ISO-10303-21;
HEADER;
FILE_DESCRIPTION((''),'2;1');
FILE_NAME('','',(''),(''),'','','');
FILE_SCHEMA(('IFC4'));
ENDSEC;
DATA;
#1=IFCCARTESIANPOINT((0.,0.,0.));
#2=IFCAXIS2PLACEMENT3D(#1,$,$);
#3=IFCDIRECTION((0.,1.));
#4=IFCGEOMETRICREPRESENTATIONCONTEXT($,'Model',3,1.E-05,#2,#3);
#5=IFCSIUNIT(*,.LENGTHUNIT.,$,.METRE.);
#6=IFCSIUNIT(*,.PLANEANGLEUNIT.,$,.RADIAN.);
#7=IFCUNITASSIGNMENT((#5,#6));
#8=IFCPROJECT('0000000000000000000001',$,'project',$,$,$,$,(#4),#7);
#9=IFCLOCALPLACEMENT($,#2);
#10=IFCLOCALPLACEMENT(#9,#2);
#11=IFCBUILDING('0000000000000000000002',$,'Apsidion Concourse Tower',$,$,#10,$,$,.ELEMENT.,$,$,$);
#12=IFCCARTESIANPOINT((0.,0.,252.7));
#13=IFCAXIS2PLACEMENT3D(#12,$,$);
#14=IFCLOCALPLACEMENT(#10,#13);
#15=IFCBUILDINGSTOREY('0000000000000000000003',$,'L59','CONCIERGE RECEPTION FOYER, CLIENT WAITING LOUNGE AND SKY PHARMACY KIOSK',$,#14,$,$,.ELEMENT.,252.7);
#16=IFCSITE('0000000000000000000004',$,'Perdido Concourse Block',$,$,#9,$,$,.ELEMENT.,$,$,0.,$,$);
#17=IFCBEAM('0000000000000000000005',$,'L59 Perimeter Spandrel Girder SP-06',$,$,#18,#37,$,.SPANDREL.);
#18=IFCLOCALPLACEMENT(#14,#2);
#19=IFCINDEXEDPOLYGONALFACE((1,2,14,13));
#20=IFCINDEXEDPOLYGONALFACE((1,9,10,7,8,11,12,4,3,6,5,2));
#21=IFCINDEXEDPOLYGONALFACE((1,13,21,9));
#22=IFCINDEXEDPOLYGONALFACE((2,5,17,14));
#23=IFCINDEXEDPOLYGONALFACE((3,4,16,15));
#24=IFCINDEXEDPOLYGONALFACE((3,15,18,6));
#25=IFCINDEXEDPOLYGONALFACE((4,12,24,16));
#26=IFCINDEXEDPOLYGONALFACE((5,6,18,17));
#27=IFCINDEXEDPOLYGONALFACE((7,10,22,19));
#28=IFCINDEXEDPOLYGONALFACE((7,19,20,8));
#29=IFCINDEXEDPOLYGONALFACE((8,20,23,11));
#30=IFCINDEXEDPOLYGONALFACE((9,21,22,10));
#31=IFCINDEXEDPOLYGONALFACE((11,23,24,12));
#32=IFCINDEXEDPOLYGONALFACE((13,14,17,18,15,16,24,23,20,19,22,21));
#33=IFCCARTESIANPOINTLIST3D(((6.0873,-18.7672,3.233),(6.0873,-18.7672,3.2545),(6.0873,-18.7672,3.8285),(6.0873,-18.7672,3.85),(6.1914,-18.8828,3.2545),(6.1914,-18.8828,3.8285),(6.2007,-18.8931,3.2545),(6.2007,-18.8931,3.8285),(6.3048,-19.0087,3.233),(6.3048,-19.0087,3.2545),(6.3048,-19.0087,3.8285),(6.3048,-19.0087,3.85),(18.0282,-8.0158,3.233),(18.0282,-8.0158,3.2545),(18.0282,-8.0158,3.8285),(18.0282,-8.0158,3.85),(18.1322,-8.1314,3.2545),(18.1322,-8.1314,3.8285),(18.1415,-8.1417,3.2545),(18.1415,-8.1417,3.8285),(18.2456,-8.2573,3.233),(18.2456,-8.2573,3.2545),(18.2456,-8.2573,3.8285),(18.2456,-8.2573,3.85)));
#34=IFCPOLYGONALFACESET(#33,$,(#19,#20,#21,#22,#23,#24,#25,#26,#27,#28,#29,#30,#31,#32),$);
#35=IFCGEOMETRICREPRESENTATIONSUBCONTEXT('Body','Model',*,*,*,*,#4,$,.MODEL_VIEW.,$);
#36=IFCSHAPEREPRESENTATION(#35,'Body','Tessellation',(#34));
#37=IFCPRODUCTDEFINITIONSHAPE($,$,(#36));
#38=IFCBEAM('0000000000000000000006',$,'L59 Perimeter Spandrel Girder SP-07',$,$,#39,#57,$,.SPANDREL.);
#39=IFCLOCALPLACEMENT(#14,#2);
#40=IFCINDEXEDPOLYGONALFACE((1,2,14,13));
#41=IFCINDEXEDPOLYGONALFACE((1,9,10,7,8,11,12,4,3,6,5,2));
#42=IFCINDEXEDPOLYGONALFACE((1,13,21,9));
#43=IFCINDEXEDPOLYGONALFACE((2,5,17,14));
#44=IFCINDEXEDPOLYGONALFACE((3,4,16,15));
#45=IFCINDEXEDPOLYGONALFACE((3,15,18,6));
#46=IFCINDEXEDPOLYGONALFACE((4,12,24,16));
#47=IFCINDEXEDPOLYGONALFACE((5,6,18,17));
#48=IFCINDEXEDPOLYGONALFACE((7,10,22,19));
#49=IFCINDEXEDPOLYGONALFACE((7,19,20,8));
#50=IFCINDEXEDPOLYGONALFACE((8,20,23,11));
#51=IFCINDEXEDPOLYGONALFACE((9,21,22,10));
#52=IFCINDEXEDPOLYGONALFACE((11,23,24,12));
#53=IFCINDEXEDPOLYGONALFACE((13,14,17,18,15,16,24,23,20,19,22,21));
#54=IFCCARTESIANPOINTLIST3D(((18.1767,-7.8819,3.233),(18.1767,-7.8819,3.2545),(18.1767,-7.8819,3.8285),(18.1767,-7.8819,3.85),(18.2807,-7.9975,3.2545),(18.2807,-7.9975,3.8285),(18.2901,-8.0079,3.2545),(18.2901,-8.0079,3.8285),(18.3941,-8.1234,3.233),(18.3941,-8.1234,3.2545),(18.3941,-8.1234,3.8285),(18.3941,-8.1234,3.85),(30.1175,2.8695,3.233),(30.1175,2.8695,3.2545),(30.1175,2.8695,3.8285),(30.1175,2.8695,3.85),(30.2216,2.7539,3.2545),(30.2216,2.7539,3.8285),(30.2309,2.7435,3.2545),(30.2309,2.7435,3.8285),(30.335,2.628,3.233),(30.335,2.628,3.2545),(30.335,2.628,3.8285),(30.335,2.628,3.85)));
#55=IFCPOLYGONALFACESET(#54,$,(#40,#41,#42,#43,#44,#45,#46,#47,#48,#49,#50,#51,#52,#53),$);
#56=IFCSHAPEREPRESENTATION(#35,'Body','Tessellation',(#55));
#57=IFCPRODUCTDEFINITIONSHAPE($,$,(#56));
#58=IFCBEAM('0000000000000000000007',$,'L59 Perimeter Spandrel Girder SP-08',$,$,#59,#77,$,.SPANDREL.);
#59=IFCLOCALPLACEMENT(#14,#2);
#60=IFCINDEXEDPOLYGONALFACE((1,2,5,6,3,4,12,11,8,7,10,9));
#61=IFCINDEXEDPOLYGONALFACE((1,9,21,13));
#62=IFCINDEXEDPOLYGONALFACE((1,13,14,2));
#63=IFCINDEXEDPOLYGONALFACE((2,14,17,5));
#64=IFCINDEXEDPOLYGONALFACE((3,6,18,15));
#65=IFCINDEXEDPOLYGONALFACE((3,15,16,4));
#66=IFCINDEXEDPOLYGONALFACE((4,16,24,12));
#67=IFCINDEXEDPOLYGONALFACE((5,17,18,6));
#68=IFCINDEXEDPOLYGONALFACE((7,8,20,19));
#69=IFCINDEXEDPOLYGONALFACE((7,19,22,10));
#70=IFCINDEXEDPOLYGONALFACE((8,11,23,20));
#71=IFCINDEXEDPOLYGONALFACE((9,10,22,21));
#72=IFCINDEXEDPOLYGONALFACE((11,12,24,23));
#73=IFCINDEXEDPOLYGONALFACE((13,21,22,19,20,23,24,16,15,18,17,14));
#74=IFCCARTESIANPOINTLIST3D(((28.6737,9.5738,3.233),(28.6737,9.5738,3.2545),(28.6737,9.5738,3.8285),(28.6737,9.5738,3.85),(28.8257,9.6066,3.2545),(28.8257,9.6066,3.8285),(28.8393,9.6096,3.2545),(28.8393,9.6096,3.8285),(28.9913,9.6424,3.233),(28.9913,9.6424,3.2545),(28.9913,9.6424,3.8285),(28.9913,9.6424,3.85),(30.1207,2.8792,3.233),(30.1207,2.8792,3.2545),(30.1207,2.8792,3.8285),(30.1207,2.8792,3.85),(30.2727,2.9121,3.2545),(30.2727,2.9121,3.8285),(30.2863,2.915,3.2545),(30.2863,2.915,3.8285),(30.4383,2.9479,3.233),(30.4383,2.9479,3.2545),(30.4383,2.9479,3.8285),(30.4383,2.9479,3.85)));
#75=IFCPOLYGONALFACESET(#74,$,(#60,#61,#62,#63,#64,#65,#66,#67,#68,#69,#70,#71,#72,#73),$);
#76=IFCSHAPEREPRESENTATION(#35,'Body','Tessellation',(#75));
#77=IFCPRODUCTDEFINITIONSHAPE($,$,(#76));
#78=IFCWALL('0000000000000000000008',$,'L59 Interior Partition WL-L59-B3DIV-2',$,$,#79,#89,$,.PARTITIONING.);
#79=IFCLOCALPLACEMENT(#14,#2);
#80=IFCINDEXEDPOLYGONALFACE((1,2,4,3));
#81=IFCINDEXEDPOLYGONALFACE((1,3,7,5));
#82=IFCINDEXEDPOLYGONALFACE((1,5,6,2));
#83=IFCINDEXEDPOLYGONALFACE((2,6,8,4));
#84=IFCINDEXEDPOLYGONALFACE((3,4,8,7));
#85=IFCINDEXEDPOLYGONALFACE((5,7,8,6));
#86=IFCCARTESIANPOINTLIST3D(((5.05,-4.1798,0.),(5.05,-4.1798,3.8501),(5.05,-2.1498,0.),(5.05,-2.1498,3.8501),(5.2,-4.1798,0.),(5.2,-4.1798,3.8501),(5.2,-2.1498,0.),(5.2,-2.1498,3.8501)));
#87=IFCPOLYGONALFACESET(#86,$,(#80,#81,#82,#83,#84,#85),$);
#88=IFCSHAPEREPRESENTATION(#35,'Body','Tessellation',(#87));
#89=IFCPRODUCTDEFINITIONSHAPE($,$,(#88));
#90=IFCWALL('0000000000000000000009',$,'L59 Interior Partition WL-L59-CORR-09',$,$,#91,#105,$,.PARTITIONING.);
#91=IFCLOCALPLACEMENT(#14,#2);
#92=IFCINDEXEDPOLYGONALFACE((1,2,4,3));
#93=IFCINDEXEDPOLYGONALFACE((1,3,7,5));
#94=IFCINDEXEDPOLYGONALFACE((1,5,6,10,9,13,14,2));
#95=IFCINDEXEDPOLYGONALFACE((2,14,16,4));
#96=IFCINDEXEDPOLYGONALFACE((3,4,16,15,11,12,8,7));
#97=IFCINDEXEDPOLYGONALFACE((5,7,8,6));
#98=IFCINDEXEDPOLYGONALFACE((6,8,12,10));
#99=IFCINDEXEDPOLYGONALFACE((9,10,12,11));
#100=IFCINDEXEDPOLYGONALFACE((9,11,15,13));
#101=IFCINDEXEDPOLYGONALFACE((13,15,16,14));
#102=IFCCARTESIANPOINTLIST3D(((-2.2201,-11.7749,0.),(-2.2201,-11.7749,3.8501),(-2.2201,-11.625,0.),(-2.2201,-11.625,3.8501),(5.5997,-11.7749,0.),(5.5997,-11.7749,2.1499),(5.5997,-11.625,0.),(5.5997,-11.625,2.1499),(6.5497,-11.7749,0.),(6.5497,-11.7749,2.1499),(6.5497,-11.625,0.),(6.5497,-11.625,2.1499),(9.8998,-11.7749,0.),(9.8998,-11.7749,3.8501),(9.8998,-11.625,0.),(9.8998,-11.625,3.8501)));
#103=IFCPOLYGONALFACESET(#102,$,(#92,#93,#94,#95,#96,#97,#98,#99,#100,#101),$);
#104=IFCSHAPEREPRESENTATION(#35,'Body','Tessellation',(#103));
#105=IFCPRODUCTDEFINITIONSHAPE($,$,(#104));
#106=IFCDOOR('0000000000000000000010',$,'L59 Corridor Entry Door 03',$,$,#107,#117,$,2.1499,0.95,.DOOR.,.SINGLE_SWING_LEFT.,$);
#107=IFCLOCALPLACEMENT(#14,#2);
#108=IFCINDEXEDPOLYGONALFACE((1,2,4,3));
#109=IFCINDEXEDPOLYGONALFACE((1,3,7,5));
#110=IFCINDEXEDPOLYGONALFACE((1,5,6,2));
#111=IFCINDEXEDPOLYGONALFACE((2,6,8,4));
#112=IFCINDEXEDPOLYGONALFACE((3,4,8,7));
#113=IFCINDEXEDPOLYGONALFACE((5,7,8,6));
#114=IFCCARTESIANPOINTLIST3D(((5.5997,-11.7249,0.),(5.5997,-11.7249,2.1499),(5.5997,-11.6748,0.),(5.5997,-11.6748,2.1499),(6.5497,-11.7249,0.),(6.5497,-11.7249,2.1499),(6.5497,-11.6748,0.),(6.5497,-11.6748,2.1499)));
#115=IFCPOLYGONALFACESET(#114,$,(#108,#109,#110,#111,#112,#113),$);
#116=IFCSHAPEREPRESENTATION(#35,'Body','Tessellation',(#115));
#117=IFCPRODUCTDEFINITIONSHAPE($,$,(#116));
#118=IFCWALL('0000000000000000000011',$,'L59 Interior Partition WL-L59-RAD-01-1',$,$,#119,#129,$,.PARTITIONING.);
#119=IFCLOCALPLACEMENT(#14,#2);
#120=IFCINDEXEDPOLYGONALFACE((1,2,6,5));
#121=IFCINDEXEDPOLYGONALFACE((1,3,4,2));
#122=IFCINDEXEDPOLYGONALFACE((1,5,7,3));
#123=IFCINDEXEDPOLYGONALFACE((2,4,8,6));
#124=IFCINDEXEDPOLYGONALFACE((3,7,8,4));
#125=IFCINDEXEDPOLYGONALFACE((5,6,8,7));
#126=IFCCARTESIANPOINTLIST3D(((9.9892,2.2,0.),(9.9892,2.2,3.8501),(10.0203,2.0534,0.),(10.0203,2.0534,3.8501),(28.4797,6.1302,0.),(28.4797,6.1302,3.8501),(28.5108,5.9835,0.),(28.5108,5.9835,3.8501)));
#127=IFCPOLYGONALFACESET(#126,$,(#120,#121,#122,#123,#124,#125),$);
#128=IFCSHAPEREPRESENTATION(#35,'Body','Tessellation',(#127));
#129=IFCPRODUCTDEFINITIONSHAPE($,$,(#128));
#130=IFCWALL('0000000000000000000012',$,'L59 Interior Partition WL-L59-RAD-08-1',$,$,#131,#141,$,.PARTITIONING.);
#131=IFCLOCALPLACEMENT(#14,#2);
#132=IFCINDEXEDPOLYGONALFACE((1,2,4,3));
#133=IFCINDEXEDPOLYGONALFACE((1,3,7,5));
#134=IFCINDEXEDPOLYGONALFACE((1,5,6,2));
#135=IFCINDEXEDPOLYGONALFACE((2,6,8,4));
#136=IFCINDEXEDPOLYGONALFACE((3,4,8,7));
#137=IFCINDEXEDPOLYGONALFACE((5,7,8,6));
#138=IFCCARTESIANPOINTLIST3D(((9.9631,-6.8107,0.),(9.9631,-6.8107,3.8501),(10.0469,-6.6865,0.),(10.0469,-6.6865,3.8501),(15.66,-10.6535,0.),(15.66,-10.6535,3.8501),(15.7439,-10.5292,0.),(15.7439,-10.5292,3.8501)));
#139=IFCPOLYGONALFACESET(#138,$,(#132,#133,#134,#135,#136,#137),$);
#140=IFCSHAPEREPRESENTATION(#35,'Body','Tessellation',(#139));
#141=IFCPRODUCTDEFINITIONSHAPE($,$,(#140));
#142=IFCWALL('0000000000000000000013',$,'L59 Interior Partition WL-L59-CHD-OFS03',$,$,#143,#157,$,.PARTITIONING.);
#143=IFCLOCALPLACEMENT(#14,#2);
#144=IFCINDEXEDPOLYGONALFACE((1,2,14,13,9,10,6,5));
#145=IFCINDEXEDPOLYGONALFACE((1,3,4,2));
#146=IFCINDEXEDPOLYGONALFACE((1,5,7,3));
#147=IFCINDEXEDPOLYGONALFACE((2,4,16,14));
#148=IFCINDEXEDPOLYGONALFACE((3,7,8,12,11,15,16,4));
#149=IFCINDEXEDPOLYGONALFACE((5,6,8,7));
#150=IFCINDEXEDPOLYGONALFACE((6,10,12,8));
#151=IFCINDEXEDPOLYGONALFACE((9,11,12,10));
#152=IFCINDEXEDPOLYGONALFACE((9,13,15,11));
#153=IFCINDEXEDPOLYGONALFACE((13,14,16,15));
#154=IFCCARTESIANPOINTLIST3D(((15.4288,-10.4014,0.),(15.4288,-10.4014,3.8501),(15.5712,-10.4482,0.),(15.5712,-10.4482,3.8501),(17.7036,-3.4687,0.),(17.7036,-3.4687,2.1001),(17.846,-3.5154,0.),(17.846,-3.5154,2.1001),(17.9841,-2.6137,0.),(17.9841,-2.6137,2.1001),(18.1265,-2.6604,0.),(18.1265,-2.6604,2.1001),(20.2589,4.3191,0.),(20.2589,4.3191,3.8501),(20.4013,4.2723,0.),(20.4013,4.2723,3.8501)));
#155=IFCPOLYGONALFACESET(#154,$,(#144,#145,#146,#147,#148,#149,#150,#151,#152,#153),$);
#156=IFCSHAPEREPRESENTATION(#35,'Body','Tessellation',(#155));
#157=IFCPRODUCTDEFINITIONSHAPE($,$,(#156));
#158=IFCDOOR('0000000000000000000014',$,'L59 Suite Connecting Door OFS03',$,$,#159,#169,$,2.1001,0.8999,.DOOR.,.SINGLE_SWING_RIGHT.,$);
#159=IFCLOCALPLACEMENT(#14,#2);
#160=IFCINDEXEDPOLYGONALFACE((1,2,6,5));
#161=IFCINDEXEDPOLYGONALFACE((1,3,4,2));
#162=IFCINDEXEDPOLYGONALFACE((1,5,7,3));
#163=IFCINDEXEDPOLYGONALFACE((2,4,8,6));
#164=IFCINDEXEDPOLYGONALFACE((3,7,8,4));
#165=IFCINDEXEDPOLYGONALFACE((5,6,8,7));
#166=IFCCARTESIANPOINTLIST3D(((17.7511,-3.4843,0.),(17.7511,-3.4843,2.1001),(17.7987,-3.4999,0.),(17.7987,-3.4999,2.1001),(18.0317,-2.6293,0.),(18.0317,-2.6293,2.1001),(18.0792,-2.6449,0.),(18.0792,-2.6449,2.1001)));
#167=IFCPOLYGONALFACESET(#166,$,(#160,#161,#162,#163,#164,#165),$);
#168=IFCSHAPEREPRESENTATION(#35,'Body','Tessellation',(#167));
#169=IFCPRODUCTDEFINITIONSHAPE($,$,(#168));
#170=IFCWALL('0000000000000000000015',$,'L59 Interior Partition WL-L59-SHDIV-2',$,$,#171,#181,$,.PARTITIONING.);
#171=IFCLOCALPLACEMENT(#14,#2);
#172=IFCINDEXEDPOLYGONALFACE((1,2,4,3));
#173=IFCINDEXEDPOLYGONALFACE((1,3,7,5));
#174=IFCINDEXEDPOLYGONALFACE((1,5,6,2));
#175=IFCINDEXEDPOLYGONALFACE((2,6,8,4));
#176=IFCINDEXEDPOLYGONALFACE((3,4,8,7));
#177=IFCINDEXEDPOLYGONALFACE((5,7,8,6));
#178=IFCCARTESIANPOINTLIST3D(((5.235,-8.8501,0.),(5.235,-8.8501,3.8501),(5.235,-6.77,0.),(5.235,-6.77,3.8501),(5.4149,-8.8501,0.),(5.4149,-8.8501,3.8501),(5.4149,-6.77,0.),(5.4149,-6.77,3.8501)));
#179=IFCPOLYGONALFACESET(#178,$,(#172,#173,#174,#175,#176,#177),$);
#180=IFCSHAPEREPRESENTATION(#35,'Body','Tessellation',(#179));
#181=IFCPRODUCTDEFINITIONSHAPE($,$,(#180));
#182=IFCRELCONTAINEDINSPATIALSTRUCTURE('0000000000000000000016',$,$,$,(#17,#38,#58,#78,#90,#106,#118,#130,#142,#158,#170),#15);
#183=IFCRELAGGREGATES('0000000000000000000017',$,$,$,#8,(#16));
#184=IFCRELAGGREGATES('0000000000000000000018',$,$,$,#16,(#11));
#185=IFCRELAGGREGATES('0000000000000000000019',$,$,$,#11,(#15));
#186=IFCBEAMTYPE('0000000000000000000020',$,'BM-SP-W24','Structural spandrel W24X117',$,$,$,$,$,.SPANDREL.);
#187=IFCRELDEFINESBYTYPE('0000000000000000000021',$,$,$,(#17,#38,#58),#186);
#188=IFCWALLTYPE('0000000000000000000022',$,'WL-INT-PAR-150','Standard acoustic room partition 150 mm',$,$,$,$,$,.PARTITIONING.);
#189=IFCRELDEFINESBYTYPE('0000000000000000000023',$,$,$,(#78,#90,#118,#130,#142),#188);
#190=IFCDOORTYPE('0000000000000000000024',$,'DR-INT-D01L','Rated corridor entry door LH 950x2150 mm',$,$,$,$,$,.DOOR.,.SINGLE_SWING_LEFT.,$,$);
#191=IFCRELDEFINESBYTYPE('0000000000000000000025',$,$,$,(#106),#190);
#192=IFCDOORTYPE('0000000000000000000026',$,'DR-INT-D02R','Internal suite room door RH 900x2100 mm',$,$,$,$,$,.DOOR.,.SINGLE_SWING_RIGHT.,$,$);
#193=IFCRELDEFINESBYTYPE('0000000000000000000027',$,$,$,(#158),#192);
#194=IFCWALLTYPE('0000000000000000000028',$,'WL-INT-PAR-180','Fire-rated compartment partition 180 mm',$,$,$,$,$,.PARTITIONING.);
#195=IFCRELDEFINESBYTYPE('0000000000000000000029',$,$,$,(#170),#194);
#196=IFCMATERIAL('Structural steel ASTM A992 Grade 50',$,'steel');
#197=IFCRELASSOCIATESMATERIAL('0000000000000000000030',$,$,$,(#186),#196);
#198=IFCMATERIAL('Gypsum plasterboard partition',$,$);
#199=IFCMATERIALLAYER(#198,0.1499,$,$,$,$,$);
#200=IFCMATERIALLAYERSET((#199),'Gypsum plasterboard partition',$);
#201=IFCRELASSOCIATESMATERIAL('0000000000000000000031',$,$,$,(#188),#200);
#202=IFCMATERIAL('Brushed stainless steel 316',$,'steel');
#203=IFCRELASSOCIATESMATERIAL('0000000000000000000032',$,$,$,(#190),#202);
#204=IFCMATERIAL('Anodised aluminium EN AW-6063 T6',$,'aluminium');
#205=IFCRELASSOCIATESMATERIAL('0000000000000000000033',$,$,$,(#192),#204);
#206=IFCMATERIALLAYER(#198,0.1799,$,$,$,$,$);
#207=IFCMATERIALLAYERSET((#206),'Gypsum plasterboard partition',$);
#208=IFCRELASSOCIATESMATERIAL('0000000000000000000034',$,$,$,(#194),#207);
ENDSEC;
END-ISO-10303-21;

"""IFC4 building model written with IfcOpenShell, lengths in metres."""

from ifc_helpers import new_model, si_unit, direction, frame, frame_2d, origin, origin_2d, place, context, subcontext, project, spatial, rectangle, i_section, extrude, material, layer, layer_set, material_profile, profile_set, type_object, element, fill, save


model = new_model("IFC4")

# Units and contexts
model_context = context("Model", 3, precision=1e-05, world=origin(), true_north=direction((0.0, 1.0)))
body_context = subcontext(model_context, "Body", "Model", "MODEL_VIEW")
ifc_project = project(units=[si_unit("LENGTHUNIT", "METRE"), si_unit("PLANEANGLEUNIT", "RADIAN")], contexts=[model_context])

# Site, building, storey
site_placement = place(None, origin())
site = spatial("IfcSite", under=ifc_project, at=site_placement, Name="Perdido Concourse Block", CompositionType="ELEMENT", RefElevation=0.0)
building_placement = place(site_placement, origin())
building = spatial("IfcBuilding", under=site, at=building_placement, Name="Apsidion Concourse Tower", CompositionType="ELEMENT")
storey_placement = place(building_placement, frame((0.0, 0.0, 252.7)))
storey = spatial("IfcBuildingStorey", under=building, at=storey_placement, Name="L59", Description="CONCIERGE RECEPTION FOYER, CLIENT WAITING LOUNGE AND SKY PHARMACY KIOSK", CompositionType="ELEMENT", Elevation=252.7)

# Shared definitions
ifc_material_1 = material(Name="Structural steel ASTM A992 Grade 50", Category="steel")

# Beams
ifc_material_profile_1 = material_profile(ifc_material_1, i_section(OverallWidth=0.325, OverallDepth=0.6169, WebThickness=0.0139, FlangeThickness=0.0215, at=origin_2d()), Name="W24X117")
ifc_profile_set_1 = profile_set([ifc_material_profile_1], Name="Structural steel ASTM A992 Grade 50")
beam_type_1 = type_object("IfcBeamType", Name="BM-SP-W24", Description="Structural spandrel W24X117", PredefinedType="SPANDREL", material=ifc_profile_set_1)
for number, where, z_axis, x_axis, name in (
    (1, (6.196, -18.8879, 3.5415), (0.743151, 0.669124, 0.0), (-0.669124, 0.743151, 0.0), "L59 Perimeter Spandrel Girder SP-06"),
    (2, (18.2854, -8.0027, 3.5415), (0.743151, 0.669124, 0.0), (-0.669124, 0.743151, 0.0), "L59 Perimeter Spandrel Girder SP-07"),
):
    element("IfcBeam", number, at=place(storey_placement, frame(where, z_axis=z_axis, x_axis=x_axis)), inside=storey, type_object=beam_type_1, Name=name, PredefinedType="SPANDREL", context=body_context, shape_type="SweptSolid", body=[
        extrude(i_section(OverallWidth=0.325, OverallDepth=0.6169, WebThickness=0.0139, FlangeThickness=0.0215, at=origin_2d()), origin(), (0.0, 0.0, 1.0), 16.0679),
    ])
beam_1_placement = place(storey_placement, frame((30.2795, 2.9136, 3.5415), z_axis=(-0.211269, 0.977428, 0.0), x_axis=(-0.977428, -0.211269, 0.0)))
element("IfcBeam", 3, at=beam_1_placement, inside=storey, type_object=beam_type_1, Name="L59 Perimeter Spandrel Girder SP-08", PredefinedType="SPANDREL", context=body_context, shape_type="SweptSolid", body=[
    extrude(i_section(OverallWidth=0.325, OverallDepth=0.6169, WebThickness=0.0139, FlangeThickness=0.0215, at=origin_2d()), origin(), (0.0, 0.0, 1.0), 6.8491),
])

# Wall
ifc_material_2 = material(Name="Gypsum plasterboard partition")
ifc_layer_1 = layer(ifc_material_2, 0.1499)
ifc_layer_set_1 = layer_set([ifc_layer_1], Name="Gypsum plasterboard partition")
wall_type_1 = type_object("IfcWallType", Name="WL-INT-PAR-150", Description="Standard acoustic room partition 150 mm", PredefinedType="PARTITIONING", material=ifc_layer_set_1)
wall_1_placement = place(storey_placement, frame((5.125, -4.1799, 0.0), z_axis=(0.0, 0.0, 1.0), x_axis=(0.0, 1.0, 0.0)))
element("IfcWall", 4, at=wall_1_placement, inside=storey, type_object=wall_type_1, Name="L59 Interior Partition WL-L59-B3DIV-2", PredefinedType="PARTITIONING", context=body_context, shape_type="SweptSolid", body=[
    extrude(rectangle(XDim=2.03, YDim=0.1499, at=frame_2d((1.0151, 0.0))), origin(), (0.0, 0.0, 1.0), 3.8501),
])

# Wall, opening, door
wall_2_placement = place(storey_placement, frame((9.8999, -11.7, 0.0), z_axis=(0.0, 0.0, 1.0), x_axis=(-1.0, 0.0, 0.0)))
wall_2 = element("IfcWall", 5, at=wall_2_placement, inside=storey, type_object=wall_type_1, Name="L59 Interior Partition WL-L59-CORR-09", PredefinedType="PARTITIONING", context=body_context, shape_type="SweptSolid", body=[
    extrude(rectangle(XDim=12.1199, YDim=0.1499, at=frame_2d((6.0601, 0.0))), origin(), (0.0, 0.0, 1.0), 3.8501),
])
opening_1_placement = place(wall_2_placement, frame((3.3501, 0.0, 0.0)))
opening_1 = element("IfcOpeningElement", 6, at=opening_1_placement, cuts=wall_2, PredefinedType="OPENING", context=body_context, shape_type="SweptSolid", body=[
    extrude(rectangle(XDim=0.95, YDim=2.1499, at=frame_2d((0.4751, 1.075))), frame((0.0, 0.085, 0.0), z_axis=(0.0, -1.0, 0.0), x_axis=(1.0, 0.0, 0.0)), (0.0, 0.0, 1.0), 0.1699),
])
ifc_material_3 = material(Name="Brushed stainless steel 316", Category="steel")
door_type_1 = type_object("IfcDoorType", Name="DR-INT-D01L", Description="Rated corridor entry door LH 950x2150 mm", OperationType="SINGLE_SWING_LEFT", PredefinedType="DOOR", material=ifc_material_3)
door_1_placement = place(opening_1_placement, origin())
door_1 = element("IfcDoor", 7, at=door_1_placement, inside=storey, type_object=door_type_1, Name="L59 Corridor Entry Door 03", OperationType="SINGLE_SWING_LEFT", OverallHeight=2.1499, OverallWidth=0.95, PredefinedType="DOOR", context=body_context, shape_type="SweptSolid", body=[
    extrude(rectangle(XDim=0.95, YDim=2.1499, at=frame_2d((0.4751, 1.075))), frame((0.0, 0.0249, 0.0), z_axis=(0.0, -1.0, 0.0), x_axis=(1.0, 0.0, 0.0)), (0.0, 0.0, 1.0), 0.05),
])
fill(opening_1, door_1)

# Walls
wall_3_placement = place(storey_placement, frame((10.0049, 2.1267, 0.0), z_axis=(0.0, 0.0, 1.0), x_axis=(0.978149, 0.207907, 0.0)))
element("IfcWall", 8, at=wall_3_placement, inside=storey, type_object=wall_type_1, Name="L59 Interior Partition WL-L59-RAD-01-1", PredefinedType="PARTITIONING", context=body_context, shape_type="SweptSolid", body=[
    extrude(rectangle(XDim=18.9036, YDim=0.1499, at=frame_2d((9.4517, 0.0))), origin(), (0.0, 0.0, 1.0), 3.8501),
])
wall_4_placement = place(storey_placement, frame((10.0049, -6.7485, 0.0), z_axis=(0.0, 0.0, 1.0), x_axis=(0.829032, -0.559201, 0.0)))
element("IfcWall", 9, at=wall_4_placement, inside=storey, type_object=wall_type_1, Name="L59 Interior Partition WL-L59-RAD-08-1", PredefinedType="PARTITIONING", context=body_context, shape_type="SweptSolid", body=[
    extrude(rectangle(XDim=6.8718, YDim=0.1499, at=frame_2d((3.436, 0.0))), origin(), (0.0, 0.0, 1.0), 3.8501),
])

# Wall, opening, door
wall_5_placement = place(storey_placement, frame((15.5, -10.4248, 0.0), z_axis=(0.0, 0.0, 1.0), x_axis=(0.311766, 0.950159, 0.0)))
wall_5 = element("IfcWall", 10, at=wall_5_placement, inside=storey, type_object=wall_type_1, Name="L59 Interior Partition WL-L59-CHD-OFS03", PredefinedType="PARTITIONING", context=body_context, shape_type="SweptSolid", body=[
    extrude(rectangle(XDim=15.4927, YDim=0.1499, at=frame_2d((7.7463, 0.0))), origin(), (0.0, 0.0, 1.0), 3.8501),
])
opening_2_placement = place(wall_5_placement, frame((7.2964, 0.0, 0.0)))
opening_2 = element("IfcOpeningElement", 11, at=opening_2_placement, cuts=wall_5, PredefinedType="OPENING", context=body_context, shape_type="SweptSolid", body=[
    extrude(rectangle(XDim=0.8999, YDim=2.1001, at=frame_2d((0.45, 1.05))), frame((0.0, 0.085, 0.0), z_axis=(0.0, -1.0, 0.0), x_axis=(1.0, 0.0, 0.0)), (0.0, 0.0, 1.0), 0.1699),
])
ifc_material_4 = material(Name="Anodised aluminium EN AW-6063 T6", Category="aluminium")
door_type_2 = type_object("IfcDoorType", Name="DR-INT-D02R", Description="Internal suite room door RH 900x2100 mm", OperationType="SINGLE_SWING_RIGHT", PredefinedType="DOOR", material=ifc_material_4)
door_2_placement = place(opening_2_placement, origin())
door_2 = element("IfcDoor", 12, at=door_2_placement, inside=storey, type_object=door_type_2, Name="L59 Suite Connecting Door OFS03", OperationType="SINGLE_SWING_RIGHT", OverallHeight=2.1001, OverallWidth=0.8999, PredefinedType="DOOR", context=body_context, shape_type="SweptSolid", body=[
    extrude(rectangle(XDim=0.8999, YDim=2.1001, at=frame_2d((0.45, 1.05))), frame((0.0, 0.0249, 0.0), z_axis=(0.0, -1.0, 0.0), x_axis=(1.0, 0.0, 0.0)), (0.0, 0.0, 1.0), 0.05),
])
fill(opening_2, door_2)

# Wall
ifc_layer_2 = layer(ifc_material_2, 0.1799)
ifc_layer_set_2 = layer_set([ifc_layer_2], Name="Gypsum plasterboard partition")
wall_type_2 = type_object("IfcWallType", Name="WL-INT-PAR-180", Description="Fire-rated compartment partition 180 mm", PredefinedType="PARTITIONING", material=ifc_layer_set_2)
wall_6_placement = place(storey_placement, frame((5.325, -8.8501, 0.0), z_axis=(0.0, 0.0, 1.0), x_axis=(0.0, 1.0, 0.0)))
element("IfcWall", 13, at=wall_6_placement, inside=storey, type_object=wall_type_2, Name="L59 Interior Partition WL-L59-SHDIV-2", PredefinedType="PARTITIONING", context=body_context, shape_type="SweptSolid", body=[
    extrude(rectangle(XDim=2.0801, YDim=0.1799, at=frame_2d((1.04, 0.0))), origin(), (0.0, 0.0, 1.0), 3.8501),
])

save(model, "model.ifc")
